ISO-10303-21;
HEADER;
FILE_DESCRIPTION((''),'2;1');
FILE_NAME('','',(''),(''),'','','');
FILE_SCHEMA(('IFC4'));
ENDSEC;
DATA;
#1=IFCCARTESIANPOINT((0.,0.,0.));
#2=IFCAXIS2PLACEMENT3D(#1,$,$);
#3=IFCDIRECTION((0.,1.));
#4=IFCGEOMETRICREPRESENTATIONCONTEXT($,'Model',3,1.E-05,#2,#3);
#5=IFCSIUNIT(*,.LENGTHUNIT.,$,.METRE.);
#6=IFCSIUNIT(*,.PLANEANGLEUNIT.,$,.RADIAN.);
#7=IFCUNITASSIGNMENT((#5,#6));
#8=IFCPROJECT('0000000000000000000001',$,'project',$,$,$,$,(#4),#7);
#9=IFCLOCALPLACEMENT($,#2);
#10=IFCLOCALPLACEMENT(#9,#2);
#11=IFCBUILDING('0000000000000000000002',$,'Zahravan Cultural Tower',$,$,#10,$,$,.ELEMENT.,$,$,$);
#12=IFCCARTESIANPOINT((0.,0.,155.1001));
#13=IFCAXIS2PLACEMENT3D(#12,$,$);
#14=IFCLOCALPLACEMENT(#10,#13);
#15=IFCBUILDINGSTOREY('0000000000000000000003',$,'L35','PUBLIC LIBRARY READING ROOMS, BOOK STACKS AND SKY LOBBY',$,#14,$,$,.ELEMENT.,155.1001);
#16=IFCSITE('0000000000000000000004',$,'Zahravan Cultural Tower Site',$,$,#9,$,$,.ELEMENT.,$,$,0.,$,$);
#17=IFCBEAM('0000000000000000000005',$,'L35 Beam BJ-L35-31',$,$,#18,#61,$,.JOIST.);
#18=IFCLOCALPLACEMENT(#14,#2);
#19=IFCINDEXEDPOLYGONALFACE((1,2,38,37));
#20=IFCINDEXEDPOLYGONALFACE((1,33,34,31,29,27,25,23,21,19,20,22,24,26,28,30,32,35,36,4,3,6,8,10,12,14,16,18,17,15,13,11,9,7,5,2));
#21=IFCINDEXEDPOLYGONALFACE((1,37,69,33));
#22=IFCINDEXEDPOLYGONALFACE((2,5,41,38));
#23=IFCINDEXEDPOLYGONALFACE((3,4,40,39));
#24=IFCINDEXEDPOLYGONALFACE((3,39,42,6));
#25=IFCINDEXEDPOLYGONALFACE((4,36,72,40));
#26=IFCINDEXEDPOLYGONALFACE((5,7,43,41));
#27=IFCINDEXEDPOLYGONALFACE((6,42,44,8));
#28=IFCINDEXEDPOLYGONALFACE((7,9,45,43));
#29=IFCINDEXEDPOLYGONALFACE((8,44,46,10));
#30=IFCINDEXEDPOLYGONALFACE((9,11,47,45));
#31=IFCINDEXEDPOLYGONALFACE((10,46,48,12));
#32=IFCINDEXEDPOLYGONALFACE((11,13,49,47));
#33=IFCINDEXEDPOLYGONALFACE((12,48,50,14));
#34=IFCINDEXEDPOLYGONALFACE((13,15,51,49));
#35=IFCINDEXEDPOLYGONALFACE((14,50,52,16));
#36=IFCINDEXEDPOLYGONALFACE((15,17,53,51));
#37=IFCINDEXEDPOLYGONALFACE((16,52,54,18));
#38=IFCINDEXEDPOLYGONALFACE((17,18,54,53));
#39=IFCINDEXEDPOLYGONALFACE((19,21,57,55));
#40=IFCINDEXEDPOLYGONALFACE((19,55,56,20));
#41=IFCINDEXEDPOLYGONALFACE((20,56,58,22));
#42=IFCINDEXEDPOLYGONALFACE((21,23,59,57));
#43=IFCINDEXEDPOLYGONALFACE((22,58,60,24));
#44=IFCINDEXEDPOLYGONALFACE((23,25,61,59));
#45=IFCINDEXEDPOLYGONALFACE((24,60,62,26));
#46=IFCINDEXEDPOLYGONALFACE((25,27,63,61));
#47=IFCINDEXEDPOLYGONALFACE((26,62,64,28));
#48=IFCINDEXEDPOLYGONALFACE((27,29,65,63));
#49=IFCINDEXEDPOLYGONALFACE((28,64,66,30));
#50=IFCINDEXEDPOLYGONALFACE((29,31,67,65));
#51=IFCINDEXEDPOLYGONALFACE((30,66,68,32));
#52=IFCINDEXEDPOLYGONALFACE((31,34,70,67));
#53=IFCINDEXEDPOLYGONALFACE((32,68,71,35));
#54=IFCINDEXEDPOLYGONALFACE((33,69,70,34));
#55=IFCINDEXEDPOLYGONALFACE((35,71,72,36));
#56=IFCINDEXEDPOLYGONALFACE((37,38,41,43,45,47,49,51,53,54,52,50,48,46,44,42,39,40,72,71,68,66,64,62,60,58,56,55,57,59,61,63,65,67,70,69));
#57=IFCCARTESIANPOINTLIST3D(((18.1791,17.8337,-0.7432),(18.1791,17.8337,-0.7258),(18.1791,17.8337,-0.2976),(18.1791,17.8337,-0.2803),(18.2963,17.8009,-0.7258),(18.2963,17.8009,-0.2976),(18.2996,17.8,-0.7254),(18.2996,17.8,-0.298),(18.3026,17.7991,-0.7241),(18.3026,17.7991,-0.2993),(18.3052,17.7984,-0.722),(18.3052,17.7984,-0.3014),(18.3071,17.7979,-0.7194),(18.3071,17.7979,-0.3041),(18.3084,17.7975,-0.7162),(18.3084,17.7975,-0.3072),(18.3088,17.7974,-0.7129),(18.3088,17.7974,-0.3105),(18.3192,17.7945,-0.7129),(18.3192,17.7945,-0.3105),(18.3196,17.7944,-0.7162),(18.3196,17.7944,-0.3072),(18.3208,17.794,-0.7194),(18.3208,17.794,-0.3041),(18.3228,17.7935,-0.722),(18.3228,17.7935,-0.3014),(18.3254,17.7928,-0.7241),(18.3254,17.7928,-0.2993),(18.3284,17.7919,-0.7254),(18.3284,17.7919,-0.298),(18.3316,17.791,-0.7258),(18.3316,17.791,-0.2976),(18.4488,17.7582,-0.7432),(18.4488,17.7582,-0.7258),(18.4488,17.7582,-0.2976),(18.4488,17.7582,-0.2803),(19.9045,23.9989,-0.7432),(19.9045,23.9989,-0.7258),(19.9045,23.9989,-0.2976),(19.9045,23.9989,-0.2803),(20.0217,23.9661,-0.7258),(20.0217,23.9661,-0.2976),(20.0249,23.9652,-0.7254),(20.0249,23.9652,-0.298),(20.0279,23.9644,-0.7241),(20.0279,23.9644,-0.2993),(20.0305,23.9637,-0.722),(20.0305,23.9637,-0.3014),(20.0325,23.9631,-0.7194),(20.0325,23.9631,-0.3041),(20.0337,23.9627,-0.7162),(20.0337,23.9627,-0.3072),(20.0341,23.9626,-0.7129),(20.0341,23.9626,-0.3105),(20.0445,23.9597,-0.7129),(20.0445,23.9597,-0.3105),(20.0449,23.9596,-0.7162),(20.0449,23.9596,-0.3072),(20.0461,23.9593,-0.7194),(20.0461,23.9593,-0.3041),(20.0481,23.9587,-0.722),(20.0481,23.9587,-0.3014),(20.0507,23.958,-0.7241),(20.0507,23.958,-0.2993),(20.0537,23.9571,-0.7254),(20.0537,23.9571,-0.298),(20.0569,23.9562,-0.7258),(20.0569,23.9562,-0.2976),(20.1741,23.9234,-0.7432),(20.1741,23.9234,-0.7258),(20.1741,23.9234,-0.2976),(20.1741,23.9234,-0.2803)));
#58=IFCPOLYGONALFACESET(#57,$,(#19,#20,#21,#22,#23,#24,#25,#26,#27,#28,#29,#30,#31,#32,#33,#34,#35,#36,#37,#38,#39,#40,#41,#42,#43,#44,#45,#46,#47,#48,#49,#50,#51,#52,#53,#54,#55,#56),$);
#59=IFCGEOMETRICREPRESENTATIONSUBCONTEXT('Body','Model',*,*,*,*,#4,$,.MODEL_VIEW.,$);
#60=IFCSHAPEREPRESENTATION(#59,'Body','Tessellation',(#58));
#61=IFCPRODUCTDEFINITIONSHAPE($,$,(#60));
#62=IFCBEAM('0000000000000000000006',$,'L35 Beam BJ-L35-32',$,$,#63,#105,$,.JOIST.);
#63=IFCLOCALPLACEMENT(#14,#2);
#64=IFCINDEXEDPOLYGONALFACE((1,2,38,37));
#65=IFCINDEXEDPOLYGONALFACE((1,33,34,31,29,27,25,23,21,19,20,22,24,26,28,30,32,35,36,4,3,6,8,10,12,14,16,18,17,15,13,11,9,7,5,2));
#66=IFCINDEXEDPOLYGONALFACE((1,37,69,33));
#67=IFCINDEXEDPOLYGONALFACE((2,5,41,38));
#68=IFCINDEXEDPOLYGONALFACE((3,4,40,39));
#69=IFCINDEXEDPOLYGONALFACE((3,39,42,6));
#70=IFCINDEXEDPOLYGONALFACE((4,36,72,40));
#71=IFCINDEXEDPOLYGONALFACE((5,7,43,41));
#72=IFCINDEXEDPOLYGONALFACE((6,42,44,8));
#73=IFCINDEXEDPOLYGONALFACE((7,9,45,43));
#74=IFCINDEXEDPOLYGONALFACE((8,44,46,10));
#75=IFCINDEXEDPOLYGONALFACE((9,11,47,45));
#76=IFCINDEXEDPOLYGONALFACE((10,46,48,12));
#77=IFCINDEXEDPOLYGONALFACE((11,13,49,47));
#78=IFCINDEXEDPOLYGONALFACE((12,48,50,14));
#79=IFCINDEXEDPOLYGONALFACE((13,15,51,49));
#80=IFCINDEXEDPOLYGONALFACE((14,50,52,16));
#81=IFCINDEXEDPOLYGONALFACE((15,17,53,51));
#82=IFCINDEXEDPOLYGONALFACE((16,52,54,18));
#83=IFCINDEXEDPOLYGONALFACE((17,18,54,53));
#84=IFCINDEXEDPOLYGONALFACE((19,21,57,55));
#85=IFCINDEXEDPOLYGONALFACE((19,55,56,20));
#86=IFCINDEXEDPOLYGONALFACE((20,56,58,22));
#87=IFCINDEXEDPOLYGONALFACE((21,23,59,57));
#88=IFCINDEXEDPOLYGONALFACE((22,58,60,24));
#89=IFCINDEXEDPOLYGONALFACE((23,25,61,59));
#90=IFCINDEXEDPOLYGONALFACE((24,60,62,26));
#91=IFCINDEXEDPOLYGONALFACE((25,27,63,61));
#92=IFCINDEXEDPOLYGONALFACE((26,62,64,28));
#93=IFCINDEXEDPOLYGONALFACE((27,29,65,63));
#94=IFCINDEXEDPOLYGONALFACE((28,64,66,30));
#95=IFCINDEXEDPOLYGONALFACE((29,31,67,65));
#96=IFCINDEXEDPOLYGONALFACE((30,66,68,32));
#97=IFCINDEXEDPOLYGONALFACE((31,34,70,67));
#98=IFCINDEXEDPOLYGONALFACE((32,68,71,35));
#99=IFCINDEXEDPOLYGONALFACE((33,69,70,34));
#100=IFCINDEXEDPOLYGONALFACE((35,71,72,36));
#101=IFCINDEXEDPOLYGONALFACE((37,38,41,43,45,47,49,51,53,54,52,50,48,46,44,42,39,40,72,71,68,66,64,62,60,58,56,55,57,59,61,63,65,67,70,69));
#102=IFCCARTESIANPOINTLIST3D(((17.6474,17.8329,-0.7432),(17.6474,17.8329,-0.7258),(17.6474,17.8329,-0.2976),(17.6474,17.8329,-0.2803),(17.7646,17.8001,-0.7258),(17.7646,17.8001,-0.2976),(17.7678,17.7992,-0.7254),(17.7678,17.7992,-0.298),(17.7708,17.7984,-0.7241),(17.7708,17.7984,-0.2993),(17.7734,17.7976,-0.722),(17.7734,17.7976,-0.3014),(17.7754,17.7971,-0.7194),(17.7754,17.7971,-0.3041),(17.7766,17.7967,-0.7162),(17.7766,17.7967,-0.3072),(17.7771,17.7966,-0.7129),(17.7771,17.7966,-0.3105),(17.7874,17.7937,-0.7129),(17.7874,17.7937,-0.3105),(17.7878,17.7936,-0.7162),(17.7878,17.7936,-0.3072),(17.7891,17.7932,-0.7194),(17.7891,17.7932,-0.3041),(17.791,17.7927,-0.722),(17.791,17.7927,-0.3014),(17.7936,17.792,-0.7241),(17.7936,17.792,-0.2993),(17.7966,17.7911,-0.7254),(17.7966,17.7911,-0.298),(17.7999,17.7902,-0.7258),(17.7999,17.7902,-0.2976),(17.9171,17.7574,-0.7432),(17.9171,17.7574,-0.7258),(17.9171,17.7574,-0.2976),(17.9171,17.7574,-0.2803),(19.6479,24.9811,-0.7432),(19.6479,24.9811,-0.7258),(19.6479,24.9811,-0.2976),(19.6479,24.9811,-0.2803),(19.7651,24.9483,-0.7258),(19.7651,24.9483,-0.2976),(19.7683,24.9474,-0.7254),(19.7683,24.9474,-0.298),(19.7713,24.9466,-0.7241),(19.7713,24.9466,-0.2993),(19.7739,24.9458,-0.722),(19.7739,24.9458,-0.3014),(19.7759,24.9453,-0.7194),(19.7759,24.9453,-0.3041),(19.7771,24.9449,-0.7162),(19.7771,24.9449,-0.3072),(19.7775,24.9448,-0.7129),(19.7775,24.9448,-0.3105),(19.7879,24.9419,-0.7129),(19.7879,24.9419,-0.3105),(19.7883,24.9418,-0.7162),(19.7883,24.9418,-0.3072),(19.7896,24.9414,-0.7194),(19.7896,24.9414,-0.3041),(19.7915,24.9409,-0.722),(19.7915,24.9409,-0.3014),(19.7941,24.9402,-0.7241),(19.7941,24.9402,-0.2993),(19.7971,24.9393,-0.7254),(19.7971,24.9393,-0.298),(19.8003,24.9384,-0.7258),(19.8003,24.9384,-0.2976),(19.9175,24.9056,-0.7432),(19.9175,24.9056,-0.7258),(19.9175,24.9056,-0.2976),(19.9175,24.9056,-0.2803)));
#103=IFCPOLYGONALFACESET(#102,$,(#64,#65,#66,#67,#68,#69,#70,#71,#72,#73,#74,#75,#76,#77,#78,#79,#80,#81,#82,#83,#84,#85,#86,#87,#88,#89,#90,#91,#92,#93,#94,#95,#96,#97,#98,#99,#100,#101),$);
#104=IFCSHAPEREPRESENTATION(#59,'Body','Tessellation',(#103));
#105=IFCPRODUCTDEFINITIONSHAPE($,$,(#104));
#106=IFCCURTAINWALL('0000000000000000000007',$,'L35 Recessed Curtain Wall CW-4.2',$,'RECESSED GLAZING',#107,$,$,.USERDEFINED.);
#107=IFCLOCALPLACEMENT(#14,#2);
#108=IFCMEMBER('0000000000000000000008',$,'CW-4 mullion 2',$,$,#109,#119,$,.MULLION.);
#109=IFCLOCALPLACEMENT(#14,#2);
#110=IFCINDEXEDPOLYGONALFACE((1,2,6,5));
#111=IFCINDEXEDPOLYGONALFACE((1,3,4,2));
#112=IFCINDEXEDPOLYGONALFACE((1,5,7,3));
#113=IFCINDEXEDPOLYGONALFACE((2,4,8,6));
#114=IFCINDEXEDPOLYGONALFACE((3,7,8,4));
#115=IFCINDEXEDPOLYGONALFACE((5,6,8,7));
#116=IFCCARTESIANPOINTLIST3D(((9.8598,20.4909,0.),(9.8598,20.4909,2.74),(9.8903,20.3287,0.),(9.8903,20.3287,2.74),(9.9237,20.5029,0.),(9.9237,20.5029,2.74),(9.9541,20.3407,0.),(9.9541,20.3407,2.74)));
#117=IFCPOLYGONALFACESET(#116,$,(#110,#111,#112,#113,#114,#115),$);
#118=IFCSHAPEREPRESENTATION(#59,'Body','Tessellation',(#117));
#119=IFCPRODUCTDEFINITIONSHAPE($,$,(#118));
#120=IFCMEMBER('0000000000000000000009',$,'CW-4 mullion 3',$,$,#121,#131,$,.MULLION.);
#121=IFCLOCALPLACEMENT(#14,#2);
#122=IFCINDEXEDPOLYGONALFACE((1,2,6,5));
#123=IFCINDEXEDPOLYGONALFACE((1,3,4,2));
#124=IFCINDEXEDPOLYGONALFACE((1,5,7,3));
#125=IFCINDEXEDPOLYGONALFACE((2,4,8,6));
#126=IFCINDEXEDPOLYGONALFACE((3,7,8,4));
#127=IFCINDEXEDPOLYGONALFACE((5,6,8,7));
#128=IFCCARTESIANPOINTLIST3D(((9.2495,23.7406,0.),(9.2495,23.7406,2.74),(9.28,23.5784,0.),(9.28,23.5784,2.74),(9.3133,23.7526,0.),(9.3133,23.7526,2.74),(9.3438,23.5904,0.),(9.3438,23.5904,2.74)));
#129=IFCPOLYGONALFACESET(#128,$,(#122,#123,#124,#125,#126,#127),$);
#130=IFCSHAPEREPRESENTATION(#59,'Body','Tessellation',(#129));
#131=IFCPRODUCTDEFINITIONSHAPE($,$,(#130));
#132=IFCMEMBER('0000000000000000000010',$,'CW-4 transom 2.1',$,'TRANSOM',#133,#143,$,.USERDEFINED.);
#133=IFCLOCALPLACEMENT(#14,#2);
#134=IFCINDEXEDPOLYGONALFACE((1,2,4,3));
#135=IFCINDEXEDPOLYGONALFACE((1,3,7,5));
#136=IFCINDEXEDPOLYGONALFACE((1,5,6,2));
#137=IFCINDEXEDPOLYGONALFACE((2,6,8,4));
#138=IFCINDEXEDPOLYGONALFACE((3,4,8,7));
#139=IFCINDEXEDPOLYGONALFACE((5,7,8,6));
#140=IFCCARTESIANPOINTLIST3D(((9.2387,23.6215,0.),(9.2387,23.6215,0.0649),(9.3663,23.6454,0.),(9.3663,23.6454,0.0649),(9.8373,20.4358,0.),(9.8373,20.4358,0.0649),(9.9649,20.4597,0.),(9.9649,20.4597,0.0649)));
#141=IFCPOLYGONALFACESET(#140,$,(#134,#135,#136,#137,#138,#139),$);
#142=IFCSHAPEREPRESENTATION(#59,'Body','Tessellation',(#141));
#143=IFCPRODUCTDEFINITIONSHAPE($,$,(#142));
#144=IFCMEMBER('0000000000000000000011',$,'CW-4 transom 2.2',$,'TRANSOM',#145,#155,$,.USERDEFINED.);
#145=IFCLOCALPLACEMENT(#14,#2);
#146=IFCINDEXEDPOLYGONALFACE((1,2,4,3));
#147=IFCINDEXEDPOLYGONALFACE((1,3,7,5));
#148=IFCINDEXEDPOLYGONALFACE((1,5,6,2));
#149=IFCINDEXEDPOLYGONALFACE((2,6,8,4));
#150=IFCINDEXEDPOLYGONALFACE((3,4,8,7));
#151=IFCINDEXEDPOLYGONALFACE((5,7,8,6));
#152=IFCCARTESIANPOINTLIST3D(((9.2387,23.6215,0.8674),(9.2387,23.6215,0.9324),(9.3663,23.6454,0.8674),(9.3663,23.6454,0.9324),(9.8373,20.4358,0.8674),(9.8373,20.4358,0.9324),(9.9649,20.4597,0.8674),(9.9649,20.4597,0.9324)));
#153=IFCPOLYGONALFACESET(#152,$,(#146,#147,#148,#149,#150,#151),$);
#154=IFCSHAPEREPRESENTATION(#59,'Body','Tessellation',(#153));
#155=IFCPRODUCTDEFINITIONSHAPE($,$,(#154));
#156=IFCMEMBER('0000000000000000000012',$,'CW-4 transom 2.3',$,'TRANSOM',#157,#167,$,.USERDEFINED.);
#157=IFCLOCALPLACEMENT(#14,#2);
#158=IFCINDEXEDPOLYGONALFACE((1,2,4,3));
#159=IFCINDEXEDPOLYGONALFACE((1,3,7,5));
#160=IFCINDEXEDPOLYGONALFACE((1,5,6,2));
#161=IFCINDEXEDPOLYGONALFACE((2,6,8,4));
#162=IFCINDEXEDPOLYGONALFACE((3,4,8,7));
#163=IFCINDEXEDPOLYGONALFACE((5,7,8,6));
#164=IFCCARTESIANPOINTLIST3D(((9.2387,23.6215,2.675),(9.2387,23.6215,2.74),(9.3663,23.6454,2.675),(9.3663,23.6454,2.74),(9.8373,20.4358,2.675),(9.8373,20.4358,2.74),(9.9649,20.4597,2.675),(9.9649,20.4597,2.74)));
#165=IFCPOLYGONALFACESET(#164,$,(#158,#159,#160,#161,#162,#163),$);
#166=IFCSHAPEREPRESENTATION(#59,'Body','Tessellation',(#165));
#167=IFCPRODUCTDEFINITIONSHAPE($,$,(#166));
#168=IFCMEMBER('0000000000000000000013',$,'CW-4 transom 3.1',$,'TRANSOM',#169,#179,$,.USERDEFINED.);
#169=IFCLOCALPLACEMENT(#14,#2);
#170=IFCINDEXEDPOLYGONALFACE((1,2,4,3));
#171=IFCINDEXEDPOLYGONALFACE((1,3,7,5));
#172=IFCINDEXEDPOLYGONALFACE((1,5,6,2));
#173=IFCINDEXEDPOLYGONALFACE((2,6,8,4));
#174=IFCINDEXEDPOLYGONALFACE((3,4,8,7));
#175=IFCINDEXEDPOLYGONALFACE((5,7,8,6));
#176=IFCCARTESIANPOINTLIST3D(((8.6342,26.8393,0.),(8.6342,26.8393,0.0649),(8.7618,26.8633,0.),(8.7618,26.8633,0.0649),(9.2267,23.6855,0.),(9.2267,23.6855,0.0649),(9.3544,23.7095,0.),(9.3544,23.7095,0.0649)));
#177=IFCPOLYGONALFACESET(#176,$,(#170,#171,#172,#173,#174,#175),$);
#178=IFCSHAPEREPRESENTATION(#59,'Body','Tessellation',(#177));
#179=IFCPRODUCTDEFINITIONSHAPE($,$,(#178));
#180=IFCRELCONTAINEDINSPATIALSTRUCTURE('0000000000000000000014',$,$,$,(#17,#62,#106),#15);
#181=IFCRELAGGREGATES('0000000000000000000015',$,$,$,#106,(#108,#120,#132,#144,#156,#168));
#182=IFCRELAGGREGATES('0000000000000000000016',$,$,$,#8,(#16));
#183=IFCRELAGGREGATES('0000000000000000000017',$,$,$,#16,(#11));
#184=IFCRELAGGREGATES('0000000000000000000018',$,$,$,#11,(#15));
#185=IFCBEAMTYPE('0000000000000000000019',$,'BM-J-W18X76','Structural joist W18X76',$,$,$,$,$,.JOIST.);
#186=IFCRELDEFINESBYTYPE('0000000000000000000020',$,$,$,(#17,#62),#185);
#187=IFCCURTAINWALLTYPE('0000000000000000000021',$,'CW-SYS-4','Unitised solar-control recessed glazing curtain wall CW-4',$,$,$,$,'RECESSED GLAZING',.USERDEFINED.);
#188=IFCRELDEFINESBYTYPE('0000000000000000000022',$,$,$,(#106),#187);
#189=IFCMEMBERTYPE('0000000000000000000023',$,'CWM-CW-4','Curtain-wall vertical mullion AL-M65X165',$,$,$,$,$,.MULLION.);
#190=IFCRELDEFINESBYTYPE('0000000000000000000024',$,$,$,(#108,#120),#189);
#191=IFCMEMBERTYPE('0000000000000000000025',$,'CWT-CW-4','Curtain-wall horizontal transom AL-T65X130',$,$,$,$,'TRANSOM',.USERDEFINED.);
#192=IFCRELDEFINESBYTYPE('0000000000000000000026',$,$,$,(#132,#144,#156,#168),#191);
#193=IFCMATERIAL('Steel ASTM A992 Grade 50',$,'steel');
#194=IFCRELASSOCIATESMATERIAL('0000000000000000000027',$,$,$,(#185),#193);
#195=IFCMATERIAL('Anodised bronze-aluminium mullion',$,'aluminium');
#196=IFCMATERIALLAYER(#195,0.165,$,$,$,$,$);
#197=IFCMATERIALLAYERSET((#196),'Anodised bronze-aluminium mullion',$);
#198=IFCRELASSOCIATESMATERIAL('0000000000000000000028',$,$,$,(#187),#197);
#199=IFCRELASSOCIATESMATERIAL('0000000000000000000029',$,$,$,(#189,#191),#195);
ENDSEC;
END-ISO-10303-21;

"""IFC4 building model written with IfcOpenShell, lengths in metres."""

from ifc_helpers import new_model, si_unit, direction, frame, origin, origin_2d, place, context, subcontext, project, spatial, rectangle, i_section, extrude, source, transform, mapped, material, layer, layer_set, material_profile, profile_set, type_object, element, aggregate, save


model = new_model("IFC4")

# Units and contexts
model_context = context("Model", 3, precision=1e-05, world=origin(), true_north=direction((0.0, 1.0)))
body_context = subcontext(model_context, "Body", "Model", "MODEL_VIEW")
ifc_project = project(units=[si_unit("LENGTHUNIT", "METRE"), si_unit("PLANEANGLEUNIT", "RADIAN")], contexts=[model_context])

# Site, building, storey
site_placement = place(None, origin())
site = spatial("IfcSite", under=ifc_project, at=site_placement, Name="Zahravan Cultural Tower Site", CompositionType="ELEMENT", RefElevation=0.0)
building_placement = place(site_placement, origin())
building = spatial("IfcBuilding", under=site, at=building_placement, Name="Zahravan Cultural Tower", CompositionType="ELEMENT")
storey_placement = place(building_placement, frame((0.0, 0.0, 155.1001)))
storey = spatial("IfcBuildingStorey", under=building, at=storey_placement, Name="L35", Description="PUBLIC LIBRARY READING ROOMS, BOOK STACKS AND SKY LOBBY", CompositionType="ELEMENT", Elevation=155.1001)

# Shared definitions
ifc_material_1 = material(Name="Steel ASTM A992 Grade 50", Category="steel")

# Beams
ifc_material_profile_1 = material_profile(ifc_material_1, i_section(OverallWidth=0.28, OverallDepth=0.4629, WebThickness=0.0107, FlangeThickness=0.0173, FilletRadius=0.0129, at=origin_2d()), Name="W18X76")
ifc_profile_set_1 = profile_set([ifc_material_profile_1], Name="Steel ASTM A992 Grade 50")
beam_type = type_object("IfcBeamType", Name="BM-J-W18X76", Description="Structural joist W18X76", PredefinedType="JOIST", material=ifc_profile_set_1)
shared_shape_1 = source(origin(), body_context, "Body", "SweptSolid", [
    extrude(i_section(OverallWidth=0.28, OverallDepth=0.4629, WebThickness=0.0107, FlangeThickness=0.0173, FilletRadius=0.0129, at=origin_2d()), origin(), (0.0, 0.0, 1.0), 6.4021),
])
beam_1_placement = place(storey_placement, frame((20.0393, 23.9612, -0.5117), z_axis=(-0.269494, -0.963002, 0.0), x_axis=(0.963002, -0.269494, 0.0)))
element("IfcBeam", 1, at=beam_1_placement, inside=storey, type_object=beam_type, Name="L35 Beam BJ-L35-31", PredefinedType="JOIST", context=body_context, shape_type="MappedRepresentation", body=[
    mapped(shared_shape_1, transform((0.0, 0.0, 0.0), x_axis=(1.0, 0.0, 0.0), y_axis=(0.0, 1.0, 0.0), z_axis=(0.0, 0.0, 1.0), scale=1.0)),
])
shared_shape_2 = source(origin(), body_context, "Body", "SweptSolid", [
    extrude(i_section(OverallWidth=0.28, OverallDepth=0.4629, WebThickness=0.0107, FlangeThickness=0.0173, FilletRadius=0.0129, at=origin_2d()), origin(), (0.0, 0.0, 1.0), 7.4229),
])
beam_2_placement = place(storey_placement, frame((19.7827, 24.9434, -0.5117), z_axis=(-0.269504, -0.962999, 0.0), x_axis=(0.962999, -0.269504, 0.0)))
element("IfcBeam", 2, at=beam_2_placement, inside=storey, type_object=beam_type, Name="L35 Beam BJ-L35-32", PredefinedType="JOIST", context=body_context, shape_type="MappedRepresentation", body=[
    mapped(shared_shape_2, transform((0.0, 0.0, 0.0), x_axis=(1.0, 0.0, 0.0), y_axis=(0.0, 1.0, 0.0), z_axis=(0.0, 0.0, 1.0), scale=1.0)),
])

# Curtain wall, members
ifc_material_2 = material(Name="Anodised bronze-aluminium mullion", Category="aluminium")
ifc_layer_1 = layer(ifc_material_2, 0.165)
ifc_layer_set_1 = layer_set([ifc_layer_1], Name="Anodised bronze-aluminium mullion")
curtain_wall_type = type_object("IfcCurtainWallType", Name="CW-SYS-4", Description="Unitised solar-control recessed glazing curtain wall CW-4", ElementType="RECESSED GLAZING", PredefinedType="USERDEFINED", material=ifc_layer_set_1)
curtain_wall_placement = place(storey_placement, origin())
curtain_wall = element("IfcCurtainWall", 3, at=curtain_wall_placement, inside=storey, type_object=curtain_wall_type, Name="L35 Recessed Curtain Wall CW-4.2", ObjectType="RECESSED GLAZING", PredefinedType="USERDEFINED")
ifc_material_profile_2 = material_profile(ifc_material_2, rectangle(XDim=0.0649, YDim=0.165, at=origin_2d()), Name="AL-M65X165")
ifc_profile_set_2 = profile_set([ifc_material_profile_2], Name="Anodised bronze-aluminium mullion")
member_type_1 = type_object("IfcMemberType", Name="CWM-CW-4", Description="Curtain-wall vertical mullion AL-M65X165", PredefinedType="MULLION", material=ifc_profile_set_2)
shared_shape_3 = source(origin(), body_context, "Body", "SweptSolid", [
    extrude(rectangle(XDim=0.0649, YDim=0.165, at=origin_2d()), origin(), (0.0, 0.0, 1.0), 2.74),
])
member_1_placement = place(storey_placement, frame((9.907, 20.4158, 0.0), z_axis=(0.0, 0.0, 1.0), x_axis=(-0.982807, -0.184638, 0.0)))
member_1 = element("IfcMember", 4, at=member_1_placement, type_object=member_type_1, Name="CW-4 mullion 2", PredefinedType="MULLION", context=body_context, shape_type="MappedRepresentation", body=[
    mapped(shared_shape_3, transform((0.0, 0.0, 0.0), x_axis=(1.0, 0.0, 0.0), y_axis=(0.0, 1.0, 0.0), z_axis=(0.0, 0.0, 1.0), scale=1.0)),
])
member_2_placement = place(storey_placement, frame((9.2966, 23.6655, 0.0), z_axis=(0.0, 0.0, 1.0), x_axis=(-0.982807, -0.184638, 0.0)))
member_2 = element("IfcMember", 5, at=member_2_placement, type_object=member_type_1, Name="CW-4 mullion 3", PredefinedType="MULLION", context=body_context, shape_type="MappedRepresentation", body=[
    mapped(shared_shape_3, transform((0.0, 0.0, 0.0), x_axis=(1.0, 0.0, 0.0), y_axis=(0.0, 1.0, 0.0), z_axis=(0.0, 0.0, 1.0), scale=1.0)),
])
ifc_material_profile_3 = material_profile(ifc_material_2, rectangle(XDim=0.1299, YDim=0.0649, at=origin_2d()), Name="AL-T65X130")
ifc_profile_set_3 = profile_set([ifc_material_profile_3], Name="Anodised bronze-aluminium mullion")
member_type_2 = type_object("IfcMemberType", Name="CWT-CW-4", Description="Curtain-wall horizontal transom AL-T65X130", ElementType="TRANSOM", PredefinedType="USERDEFINED", material=ifc_profile_set_3)
shared_shape_4 = source(origin(), body_context, "Body", "SweptSolid", [
    extrude(rectangle(XDim=0.1299, YDim=0.0649, at=origin_2d()), origin(), (0.0, 0.0, 1.0), 3.2415),
])
member_3_placement = place(storey_placement, frame((9.9011, 20.4478, 0.0325), z_axis=(-0.184675, 0.9828, 0.0), x_axis=(-0.9828, -0.184675, 0.0)))
member_3 = element("IfcMember", 6, at=member_3_placement, type_object=member_type_2, Name="CW-4 transom 2.1", ObjectType="TRANSOM", PredefinedType="USERDEFINED", context=body_context, shape_type="MappedRepresentation", body=[
    mapped(shared_shape_4, transform((0.0, 0.0, 0.0), x_axis=(1.0, 0.0, 0.0), y_axis=(0.0, 1.0, 0.0), z_axis=(0.0, 0.0, 1.0), scale=1.0)),
])
member_4_placement = place(storey_placement, frame((9.9011, 20.4478, 0.8999), z_axis=(-0.184675, 0.9828, 0.0), x_axis=(-0.9828, -0.184675, 0.0)))
member_4 = element("IfcMember", 7, at=member_4_placement, type_object=member_type_2, Name="CW-4 transom 2.2", ObjectType="TRANSOM", PredefinedType="USERDEFINED", context=body_context, shape_type="MappedRepresentation", body=[
    mapped(shared_shape_4, transform((0.0, 0.0, 0.0), x_axis=(1.0, 0.0, 0.0), y_axis=(0.0, 1.0, 0.0), z_axis=(0.0, 0.0, 1.0), scale=1.0)),
])
member_5_placement = place(storey_placement, frame((9.9011, 20.4478, 2.7075), z_axis=(-0.184675, 0.9828, 0.0), x_axis=(-0.9828, -0.184675, 0.0)))
member_5 = element("IfcMember", 8, at=member_5_placement, type_object=member_type_2, Name="CW-4 transom 2.3", ObjectType="TRANSOM", PredefinedType="USERDEFINED", context=body_context, shape_type="MappedRepresentation", body=[
    mapped(shared_shape_4, transform((0.0, 0.0, 0.0), x_axis=(1.0, 0.0, 0.0), y_axis=(0.0, 1.0, 0.0), z_axis=(0.0, 0.0, 1.0), scale=1.0)),
])
shared_shape_5 = source(origin(), body_context, "Body", "SweptSolid", [
    extrude(rectangle(XDim=0.1299, YDim=0.0649, at=origin_2d()), origin(), (0.0, 0.0, 1.0), 3.209),
])
member_6_placement = place(storey_placement, frame((9.2905, 23.6975, 0.0325), z_axis=(-0.184647, 0.982805, 0.0), x_axis=(-0.982805, -0.184647, 0.0)))
member_6 = element("IfcMember", 9, at=member_6_placement, type_object=member_type_2, Name="CW-4 transom 3.1", ObjectType="TRANSOM", PredefinedType="USERDEFINED", context=body_context, shape_type="MappedRepresentation", body=[
    mapped(shared_shape_5, transform((0.0, 0.0, 0.0), x_axis=(1.0, 0.0, 0.0), y_axis=(0.0, 1.0, 0.0), z_axis=(0.0, 0.0, 1.0), scale=1.0)),
])
aggregate(curtain_wall, [member_1, member_2, member_3, member_4, member_5, member_6])

save(model, "model.ifc")
